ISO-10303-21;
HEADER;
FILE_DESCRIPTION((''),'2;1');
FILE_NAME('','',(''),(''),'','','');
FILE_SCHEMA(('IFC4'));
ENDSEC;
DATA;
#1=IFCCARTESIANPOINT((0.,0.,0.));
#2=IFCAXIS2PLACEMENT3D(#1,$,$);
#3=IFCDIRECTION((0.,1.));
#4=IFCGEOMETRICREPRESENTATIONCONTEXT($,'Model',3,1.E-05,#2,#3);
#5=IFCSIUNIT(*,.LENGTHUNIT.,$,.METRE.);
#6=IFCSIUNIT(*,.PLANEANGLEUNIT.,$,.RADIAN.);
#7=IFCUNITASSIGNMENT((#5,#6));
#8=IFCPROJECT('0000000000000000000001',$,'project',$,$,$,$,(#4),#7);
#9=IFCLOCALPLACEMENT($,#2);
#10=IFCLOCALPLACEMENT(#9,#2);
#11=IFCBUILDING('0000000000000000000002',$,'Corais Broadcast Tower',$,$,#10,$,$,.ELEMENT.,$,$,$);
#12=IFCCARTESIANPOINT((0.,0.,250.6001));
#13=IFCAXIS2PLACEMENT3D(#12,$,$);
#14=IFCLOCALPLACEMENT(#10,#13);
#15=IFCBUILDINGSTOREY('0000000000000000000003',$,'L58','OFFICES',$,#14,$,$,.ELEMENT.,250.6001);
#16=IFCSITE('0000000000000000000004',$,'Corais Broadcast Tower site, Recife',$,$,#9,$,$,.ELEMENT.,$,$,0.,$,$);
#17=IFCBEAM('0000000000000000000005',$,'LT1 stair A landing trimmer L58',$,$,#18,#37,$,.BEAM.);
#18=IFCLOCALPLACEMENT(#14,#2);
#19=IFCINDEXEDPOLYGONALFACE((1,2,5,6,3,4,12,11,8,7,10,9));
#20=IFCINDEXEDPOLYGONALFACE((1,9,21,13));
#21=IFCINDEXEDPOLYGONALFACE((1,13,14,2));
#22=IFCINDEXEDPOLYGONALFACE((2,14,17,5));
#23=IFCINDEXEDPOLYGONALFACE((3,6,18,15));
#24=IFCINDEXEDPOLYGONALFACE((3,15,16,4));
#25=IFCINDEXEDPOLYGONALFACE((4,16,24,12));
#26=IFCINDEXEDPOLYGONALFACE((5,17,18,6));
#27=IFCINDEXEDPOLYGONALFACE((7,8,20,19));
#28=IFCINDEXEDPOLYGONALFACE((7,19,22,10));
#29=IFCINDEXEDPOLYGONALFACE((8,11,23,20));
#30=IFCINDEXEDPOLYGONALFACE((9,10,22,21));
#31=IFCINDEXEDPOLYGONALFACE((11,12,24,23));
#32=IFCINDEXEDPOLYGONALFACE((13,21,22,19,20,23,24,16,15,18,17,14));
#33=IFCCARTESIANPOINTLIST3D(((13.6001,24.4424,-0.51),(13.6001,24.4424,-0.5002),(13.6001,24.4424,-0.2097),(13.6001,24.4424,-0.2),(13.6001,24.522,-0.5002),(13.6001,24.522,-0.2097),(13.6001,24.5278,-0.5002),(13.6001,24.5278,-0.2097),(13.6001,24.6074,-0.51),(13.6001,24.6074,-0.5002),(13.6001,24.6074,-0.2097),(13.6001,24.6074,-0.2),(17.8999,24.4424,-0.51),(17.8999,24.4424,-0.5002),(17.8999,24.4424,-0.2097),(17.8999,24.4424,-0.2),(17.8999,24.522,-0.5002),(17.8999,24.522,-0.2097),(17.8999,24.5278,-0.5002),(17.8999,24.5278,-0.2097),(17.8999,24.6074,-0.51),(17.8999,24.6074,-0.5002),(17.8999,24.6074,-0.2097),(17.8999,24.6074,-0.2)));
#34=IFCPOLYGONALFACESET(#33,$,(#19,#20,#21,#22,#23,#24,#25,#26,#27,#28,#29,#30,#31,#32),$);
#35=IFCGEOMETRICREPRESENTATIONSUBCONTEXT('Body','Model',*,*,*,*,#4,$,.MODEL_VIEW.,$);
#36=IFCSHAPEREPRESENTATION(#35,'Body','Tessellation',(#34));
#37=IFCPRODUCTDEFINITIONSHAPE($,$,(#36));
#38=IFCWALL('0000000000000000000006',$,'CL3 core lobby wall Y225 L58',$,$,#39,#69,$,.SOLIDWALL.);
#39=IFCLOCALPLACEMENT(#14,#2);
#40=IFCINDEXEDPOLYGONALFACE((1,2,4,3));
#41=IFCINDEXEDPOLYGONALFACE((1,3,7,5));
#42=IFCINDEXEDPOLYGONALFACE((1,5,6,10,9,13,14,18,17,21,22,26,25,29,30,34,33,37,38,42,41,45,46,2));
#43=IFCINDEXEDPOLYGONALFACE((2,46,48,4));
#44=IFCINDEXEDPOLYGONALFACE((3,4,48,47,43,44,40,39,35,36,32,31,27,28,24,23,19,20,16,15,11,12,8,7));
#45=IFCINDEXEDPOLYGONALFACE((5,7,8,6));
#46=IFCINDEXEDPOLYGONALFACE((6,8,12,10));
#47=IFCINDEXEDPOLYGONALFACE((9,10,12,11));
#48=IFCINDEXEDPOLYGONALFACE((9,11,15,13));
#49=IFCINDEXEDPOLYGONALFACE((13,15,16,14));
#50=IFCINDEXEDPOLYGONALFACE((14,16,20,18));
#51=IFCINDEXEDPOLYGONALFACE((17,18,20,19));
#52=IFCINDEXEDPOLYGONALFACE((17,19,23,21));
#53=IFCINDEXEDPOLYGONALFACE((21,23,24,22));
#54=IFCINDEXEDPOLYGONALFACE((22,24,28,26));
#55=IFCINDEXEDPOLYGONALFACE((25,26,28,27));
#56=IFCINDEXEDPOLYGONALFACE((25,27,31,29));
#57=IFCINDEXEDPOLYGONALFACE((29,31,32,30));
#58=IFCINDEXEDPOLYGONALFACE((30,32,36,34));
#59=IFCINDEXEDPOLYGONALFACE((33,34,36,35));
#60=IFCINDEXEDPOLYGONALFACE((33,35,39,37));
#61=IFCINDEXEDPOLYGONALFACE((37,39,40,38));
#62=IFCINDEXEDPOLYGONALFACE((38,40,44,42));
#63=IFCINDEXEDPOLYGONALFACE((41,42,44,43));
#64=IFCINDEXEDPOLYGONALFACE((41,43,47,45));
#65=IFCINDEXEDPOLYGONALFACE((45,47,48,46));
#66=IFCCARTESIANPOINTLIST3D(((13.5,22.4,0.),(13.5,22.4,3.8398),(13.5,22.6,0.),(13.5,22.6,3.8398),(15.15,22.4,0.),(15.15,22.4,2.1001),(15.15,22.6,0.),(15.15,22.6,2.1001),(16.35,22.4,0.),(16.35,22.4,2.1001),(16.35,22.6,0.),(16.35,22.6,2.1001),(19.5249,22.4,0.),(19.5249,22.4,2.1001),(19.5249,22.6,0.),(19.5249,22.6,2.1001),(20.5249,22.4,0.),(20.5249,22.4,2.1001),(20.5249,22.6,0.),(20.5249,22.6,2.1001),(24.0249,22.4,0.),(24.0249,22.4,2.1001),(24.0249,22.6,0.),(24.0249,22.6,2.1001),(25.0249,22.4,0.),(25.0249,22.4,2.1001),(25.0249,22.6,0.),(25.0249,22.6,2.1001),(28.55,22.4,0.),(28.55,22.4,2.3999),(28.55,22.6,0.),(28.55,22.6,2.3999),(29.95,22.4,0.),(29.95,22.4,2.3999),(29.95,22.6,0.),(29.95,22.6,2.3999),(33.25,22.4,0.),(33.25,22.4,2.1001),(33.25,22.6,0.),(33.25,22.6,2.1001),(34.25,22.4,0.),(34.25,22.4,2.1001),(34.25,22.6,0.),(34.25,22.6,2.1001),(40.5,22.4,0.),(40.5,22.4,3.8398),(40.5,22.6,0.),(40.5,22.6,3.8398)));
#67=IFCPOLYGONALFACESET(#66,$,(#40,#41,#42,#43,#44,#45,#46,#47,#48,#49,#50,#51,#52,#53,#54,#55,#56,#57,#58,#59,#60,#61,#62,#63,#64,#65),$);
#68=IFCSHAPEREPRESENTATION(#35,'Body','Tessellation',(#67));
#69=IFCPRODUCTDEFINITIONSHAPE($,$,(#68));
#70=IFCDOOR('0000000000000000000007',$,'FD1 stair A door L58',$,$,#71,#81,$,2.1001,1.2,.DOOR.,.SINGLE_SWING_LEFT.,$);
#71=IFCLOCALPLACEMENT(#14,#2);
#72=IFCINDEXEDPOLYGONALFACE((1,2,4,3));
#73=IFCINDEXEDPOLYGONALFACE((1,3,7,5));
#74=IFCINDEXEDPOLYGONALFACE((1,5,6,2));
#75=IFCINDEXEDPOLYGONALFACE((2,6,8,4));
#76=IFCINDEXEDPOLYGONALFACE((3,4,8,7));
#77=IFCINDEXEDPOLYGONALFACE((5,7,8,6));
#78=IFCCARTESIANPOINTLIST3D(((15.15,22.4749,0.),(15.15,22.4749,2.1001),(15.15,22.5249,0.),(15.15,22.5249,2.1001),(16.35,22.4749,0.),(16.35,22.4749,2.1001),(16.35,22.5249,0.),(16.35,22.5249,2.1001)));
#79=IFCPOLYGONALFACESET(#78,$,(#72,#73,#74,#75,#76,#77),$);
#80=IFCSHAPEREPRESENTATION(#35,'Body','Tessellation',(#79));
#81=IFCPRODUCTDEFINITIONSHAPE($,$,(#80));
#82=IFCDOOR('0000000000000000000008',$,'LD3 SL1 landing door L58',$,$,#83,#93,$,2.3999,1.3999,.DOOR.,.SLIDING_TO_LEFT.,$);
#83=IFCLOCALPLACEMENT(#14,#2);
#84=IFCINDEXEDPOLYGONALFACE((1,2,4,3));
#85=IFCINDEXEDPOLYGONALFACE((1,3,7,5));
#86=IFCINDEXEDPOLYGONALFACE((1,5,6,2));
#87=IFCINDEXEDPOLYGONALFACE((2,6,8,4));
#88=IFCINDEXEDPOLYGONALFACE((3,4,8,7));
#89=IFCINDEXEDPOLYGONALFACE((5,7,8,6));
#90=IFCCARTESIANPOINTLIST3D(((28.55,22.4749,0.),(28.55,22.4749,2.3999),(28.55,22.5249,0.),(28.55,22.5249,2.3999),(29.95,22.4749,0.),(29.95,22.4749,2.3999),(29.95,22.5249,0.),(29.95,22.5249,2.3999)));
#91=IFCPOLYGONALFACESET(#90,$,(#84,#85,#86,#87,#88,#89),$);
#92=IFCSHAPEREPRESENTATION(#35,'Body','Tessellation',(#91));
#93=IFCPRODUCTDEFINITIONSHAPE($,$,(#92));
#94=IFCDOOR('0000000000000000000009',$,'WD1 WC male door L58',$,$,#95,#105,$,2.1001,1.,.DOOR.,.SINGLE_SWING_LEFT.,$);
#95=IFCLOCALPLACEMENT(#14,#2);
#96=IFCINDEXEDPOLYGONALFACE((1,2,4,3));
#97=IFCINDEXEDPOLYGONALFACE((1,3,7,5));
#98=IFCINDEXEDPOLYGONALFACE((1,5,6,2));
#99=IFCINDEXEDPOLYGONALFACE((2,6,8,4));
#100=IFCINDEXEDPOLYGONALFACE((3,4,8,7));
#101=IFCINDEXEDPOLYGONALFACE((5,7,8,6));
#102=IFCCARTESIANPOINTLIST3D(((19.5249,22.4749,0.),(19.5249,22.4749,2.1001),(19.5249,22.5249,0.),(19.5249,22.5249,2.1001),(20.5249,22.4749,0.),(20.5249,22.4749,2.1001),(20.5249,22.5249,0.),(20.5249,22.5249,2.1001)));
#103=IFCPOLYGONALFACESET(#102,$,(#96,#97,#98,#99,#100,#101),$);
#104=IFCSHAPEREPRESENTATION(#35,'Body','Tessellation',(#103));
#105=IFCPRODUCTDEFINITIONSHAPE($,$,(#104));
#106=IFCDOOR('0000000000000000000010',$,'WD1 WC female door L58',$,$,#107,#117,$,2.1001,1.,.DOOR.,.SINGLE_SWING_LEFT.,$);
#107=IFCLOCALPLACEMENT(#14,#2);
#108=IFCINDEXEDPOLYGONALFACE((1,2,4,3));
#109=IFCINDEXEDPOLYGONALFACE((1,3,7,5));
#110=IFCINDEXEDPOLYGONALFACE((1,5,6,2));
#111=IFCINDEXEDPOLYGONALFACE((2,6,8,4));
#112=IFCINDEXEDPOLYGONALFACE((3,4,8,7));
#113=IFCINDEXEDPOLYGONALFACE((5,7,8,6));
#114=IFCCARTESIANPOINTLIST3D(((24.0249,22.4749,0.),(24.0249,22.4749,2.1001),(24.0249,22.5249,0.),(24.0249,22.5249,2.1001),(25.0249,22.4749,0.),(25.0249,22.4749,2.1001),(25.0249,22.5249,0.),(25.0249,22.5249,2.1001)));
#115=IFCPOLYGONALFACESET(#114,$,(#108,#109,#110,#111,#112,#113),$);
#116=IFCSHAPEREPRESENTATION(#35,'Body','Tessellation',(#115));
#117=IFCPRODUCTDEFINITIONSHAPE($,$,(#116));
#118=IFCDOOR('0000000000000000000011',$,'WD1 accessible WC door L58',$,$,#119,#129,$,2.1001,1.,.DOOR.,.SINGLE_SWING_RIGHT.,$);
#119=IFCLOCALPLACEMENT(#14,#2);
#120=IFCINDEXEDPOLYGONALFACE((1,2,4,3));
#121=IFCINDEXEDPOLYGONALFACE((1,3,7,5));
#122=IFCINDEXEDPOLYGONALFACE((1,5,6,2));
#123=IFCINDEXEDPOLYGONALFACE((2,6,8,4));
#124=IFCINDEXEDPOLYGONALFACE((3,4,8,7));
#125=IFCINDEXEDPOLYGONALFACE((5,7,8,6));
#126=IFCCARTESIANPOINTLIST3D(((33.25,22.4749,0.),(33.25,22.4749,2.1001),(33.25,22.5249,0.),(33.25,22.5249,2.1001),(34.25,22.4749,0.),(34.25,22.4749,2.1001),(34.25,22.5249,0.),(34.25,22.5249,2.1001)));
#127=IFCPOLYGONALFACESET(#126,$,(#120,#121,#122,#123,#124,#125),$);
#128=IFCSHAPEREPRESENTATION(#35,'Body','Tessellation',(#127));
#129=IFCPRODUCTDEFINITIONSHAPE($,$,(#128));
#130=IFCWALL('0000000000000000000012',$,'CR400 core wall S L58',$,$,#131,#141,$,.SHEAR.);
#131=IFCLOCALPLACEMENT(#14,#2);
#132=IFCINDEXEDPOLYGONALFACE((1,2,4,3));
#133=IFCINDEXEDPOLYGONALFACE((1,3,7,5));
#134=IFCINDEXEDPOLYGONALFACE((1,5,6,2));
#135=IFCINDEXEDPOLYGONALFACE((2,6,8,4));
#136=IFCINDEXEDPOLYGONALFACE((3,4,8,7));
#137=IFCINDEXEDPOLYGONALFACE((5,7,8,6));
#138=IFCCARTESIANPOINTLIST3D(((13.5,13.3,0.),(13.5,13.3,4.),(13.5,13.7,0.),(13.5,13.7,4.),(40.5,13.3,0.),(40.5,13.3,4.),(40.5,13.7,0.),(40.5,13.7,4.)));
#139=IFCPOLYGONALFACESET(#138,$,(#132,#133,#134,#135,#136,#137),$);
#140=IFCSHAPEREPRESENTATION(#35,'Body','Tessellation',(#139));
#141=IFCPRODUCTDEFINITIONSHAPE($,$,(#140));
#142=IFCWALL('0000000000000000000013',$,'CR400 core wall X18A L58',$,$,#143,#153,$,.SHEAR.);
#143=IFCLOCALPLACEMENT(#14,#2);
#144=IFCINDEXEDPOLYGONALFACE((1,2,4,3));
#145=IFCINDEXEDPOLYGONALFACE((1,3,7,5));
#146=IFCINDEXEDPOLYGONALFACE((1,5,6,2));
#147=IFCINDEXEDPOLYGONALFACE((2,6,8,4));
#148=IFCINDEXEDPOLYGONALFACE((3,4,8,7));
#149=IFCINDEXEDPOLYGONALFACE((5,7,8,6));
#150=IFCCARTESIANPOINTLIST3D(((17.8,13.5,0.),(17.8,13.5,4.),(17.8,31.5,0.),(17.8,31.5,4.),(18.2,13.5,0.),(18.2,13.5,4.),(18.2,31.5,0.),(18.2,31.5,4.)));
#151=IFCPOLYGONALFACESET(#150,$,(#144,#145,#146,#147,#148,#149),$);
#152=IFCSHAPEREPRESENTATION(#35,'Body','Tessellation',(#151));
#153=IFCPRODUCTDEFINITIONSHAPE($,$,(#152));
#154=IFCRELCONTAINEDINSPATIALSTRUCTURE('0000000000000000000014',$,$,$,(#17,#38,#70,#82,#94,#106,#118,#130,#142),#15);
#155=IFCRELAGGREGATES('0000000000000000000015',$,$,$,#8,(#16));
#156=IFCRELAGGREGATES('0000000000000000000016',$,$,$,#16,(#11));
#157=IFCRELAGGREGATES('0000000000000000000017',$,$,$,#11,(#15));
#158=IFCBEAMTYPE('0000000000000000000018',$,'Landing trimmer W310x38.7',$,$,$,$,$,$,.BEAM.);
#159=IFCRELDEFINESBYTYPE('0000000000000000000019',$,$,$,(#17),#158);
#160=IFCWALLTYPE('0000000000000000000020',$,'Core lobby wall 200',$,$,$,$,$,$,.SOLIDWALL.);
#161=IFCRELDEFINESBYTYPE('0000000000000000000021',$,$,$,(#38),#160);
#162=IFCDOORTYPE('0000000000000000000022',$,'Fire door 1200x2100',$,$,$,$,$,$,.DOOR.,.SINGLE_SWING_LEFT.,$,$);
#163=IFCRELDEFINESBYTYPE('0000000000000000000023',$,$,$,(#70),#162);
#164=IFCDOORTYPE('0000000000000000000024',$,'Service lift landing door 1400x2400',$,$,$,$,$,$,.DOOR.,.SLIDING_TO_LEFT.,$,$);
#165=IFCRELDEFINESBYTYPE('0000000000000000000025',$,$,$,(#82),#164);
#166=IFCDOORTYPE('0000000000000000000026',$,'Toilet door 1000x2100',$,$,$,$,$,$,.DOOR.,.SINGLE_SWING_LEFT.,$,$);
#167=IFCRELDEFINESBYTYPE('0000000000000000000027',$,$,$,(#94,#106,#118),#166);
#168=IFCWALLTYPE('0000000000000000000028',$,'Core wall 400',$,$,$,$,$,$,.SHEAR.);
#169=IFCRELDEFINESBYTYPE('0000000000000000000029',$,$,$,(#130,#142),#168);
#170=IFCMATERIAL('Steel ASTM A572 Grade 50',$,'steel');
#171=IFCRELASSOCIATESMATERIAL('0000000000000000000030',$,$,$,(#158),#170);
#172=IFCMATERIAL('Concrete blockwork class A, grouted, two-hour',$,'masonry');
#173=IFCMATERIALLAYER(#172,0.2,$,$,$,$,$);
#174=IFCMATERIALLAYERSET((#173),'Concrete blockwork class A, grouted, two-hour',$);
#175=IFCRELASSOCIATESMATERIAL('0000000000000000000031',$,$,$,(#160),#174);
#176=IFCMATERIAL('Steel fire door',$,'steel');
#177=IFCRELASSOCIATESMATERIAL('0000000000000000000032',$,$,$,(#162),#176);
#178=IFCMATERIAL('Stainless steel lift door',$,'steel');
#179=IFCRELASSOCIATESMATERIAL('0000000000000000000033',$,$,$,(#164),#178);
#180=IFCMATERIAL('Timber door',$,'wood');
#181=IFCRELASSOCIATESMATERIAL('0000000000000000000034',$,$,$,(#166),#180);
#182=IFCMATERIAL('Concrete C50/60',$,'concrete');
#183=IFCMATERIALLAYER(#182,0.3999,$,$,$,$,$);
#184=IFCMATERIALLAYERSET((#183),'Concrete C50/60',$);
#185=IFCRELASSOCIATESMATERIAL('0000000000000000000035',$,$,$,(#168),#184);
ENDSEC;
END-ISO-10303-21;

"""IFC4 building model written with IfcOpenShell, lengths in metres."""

from ifc_helpers import new_model, si_unit, direction, frame, frame_2d, origin, origin_2d, place, context, subcontext, project, spatial, rectangle, i_section, extrude, material, layer, layer_set, material_profile, profile_set, type_object, element, fill, save


model = new_model("IFC4")

# Units and contexts
model_context = context("Model", 3, precision=1e-05, world=origin(), true_north=direction((0.0, 1.0)))
body_context = subcontext(model_context, "Body", "Model", "MODEL_VIEW")
ifc_project = project(units=[si_unit("LENGTHUNIT", "METRE"), si_unit("PLANEANGLEUNIT", "RADIAN")], contexts=[model_context])

# Site, building, storey
site_placement = place(None, origin())
site = spatial("IfcSite", under=ifc_project, at=site_placement, Name="Corais Broadcast Tower site, Recife", CompositionType="ELEMENT", RefElevation=0.0)
building_placement = place(site_placement, origin())
building = spatial("IfcBuilding", under=site, at=building_placement, Name="Corais Broadcast Tower", CompositionType="ELEMENT")
storey_placement = place(building_placement, frame((0.0, 0.0, 250.6001)))
storey = spatial("IfcBuildingStorey", under=building, at=storey_placement, Name="L58", Description="OFFICES", CompositionType="ELEMENT", Elevation=250.6001)

# Beam
ifc_material_1 = material(Name="Steel ASTM A572 Grade 50", Category="steel")
ifc_material_profile = material_profile(ifc_material_1, i_section(OverallWidth=0.165, OverallDepth=0.3101, WebThickness=0.0059, FlangeThickness=0.0098, at=origin_2d()), Name="W310x38.7")
ifc_profile_set = profile_set([ifc_material_profile], Name="Steel ASTM A572 Grade 50")
beam_type = type_object("IfcBeamType", Name="Landing trimmer W310x38.7", PredefinedType="BEAM", material=ifc_profile_set)
beam_placement = place(storey_placement, frame((13.6001, 24.5249, -0.355), z_axis=(1.0, 0.0, 0.0), x_axis=(0.0, 1.0, 0.0)))
element("IfcBeam", 1, at=beam_placement, inside=storey, type_object=beam_type, Name="LT1 stair A landing trimmer L58", PredefinedType="BEAM", context=body_context, shape_type="SweptSolid", body=[
    extrude(i_section(OverallWidth=0.165, OverallDepth=0.3101, WebThickness=0.0059, FlangeThickness=0.0098, at=origin_2d()), origin(), (0.0, 0.0, 1.0), 4.2998),
])

# Wall, openings, doors
ifc_material_2 = material(Name="Concrete blockwork class A, grouted, two-hour", Category="masonry")
ifc_layer_1 = layer(ifc_material_2, 0.2)
ifc_layer_set_1 = layer_set([ifc_layer_1], Name="Concrete blockwork class A, grouted, two-hour")
wall_type_1 = type_object("IfcWallType", Name="Core lobby wall 200", PredefinedType="SOLIDWALL", material=ifc_layer_set_1)
wall_1_placement = place(storey_placement, frame((13.5, 22.5, 0.0), z_axis=(0.0, 0.0, 1.0), x_axis=(1.0, 0.0, 0.0)))
wall_1 = element("IfcWall", 2, at=wall_1_placement, inside=storey, type_object=wall_type_1, Name="CL3 core lobby wall Y225 L58", PredefinedType="SOLIDWALL", context=body_context, shape_type="SweptSolid", body=[
    extrude(rectangle(XDim=27.0, YDim=0.2, at=frame_2d((13.5, 0.0))), origin(), (0.0, 0.0, 1.0), 3.8398),
])
opening_1_placement = place(wall_1_placement, frame((1.6499, 0.0, 0.0)))
opening_1 = element("IfcOpeningElement", 3, at=opening_1_placement, cuts=wall_1, PredefinedType="OPENING", context=body_context, shape_type="SweptSolid", body=[
    extrude(rectangle(XDim=1.2, YDim=2.1001, at=frame_2d((0.6001, 1.05))), frame((0.0, 0.1099, 0.0), z_axis=(0.0, -1.0, 0.0), x_axis=(1.0, 0.0, 0.0)), (0.0, 0.0, 1.0), 0.22),
])
opening_2_placement = place(wall_1_placement, frame((6.0249, 0.0, 0.0)))
opening_2 = element("IfcOpeningElement", 4, at=opening_2_placement, cuts=wall_1, PredefinedType="OPENING", context=body_context, shape_type="SweptSolid", body=[
    extrude(rectangle(XDim=1.0, YDim=2.1001, at=frame_2d((0.5, 1.05))), frame((0.0, 0.1099, 0.0), z_axis=(0.0, -1.0, 0.0), x_axis=(1.0, 0.0, 0.0)), (0.0, 0.0, 1.0), 0.22),
])
opening_3_placement = place(wall_1_placement, frame((10.5249, 0.0, 0.0)))
opening_3 = element("IfcOpeningElement", 5, at=opening_3_placement, cuts=wall_1, PredefinedType="OPENING", context=body_context, shape_type="SweptSolid", body=[
    extrude(rectangle(XDim=1.0, YDim=2.1001, at=frame_2d((0.5, 1.05))), frame((0.0, 0.1099, 0.0), z_axis=(0.0, -1.0, 0.0), x_axis=(1.0, 0.0, 0.0)), (0.0, 0.0, 1.0), 0.22),
])
opening_4_placement = place(wall_1_placement, frame((19.75, 0.0, 0.0)))
opening_4 = element("IfcOpeningElement", 6, at=opening_4_placement, cuts=wall_1, PredefinedType="OPENING", context=body_context, shape_type="SweptSolid", body=[
    extrude(rectangle(XDim=1.0, YDim=2.1001, at=frame_2d((0.5, 1.05))), frame((0.0, 0.1099, 0.0), z_axis=(0.0, -1.0, 0.0), x_axis=(1.0, 0.0, 0.0)), (0.0, 0.0, 1.0), 0.22),
])
opening_5_placement = place(wall_1_placement, frame((15.05, 0.0, 0.0)))
opening_5 = element("IfcOpeningElement", 7, at=opening_5_placement, cuts=wall_1, PredefinedType="OPENING", context=body_context, shape_type="SweptSolid", body=[
    extrude(rectangle(XDim=1.3999, YDim=2.3999, at=frame_2d((0.7, 1.2))), frame((0.0, 0.1099, 0.0), z_axis=(0.0, -1.0, 0.0), x_axis=(1.0, 0.0, 0.0)), (0.0, 0.0, 1.0), 0.22),
])
ifc_material_3 = material(Name="Steel fire door", Category="steel")
door_type_1 = type_object("IfcDoorType", Name="Fire door 1200x2100", OperationType="SINGLE_SWING_LEFT", PredefinedType="DOOR", material=ifc_material_3)
door_1_placement = place(opening_1_placement, origin())
door_1 = element("IfcDoor", 8, at=door_1_placement, inside=storey, type_object=door_type_1, Name="FD1 stair A door L58", OperationType="SINGLE_SWING_LEFT", OverallHeight=2.1001, OverallWidth=1.2, PredefinedType="DOOR", context=body_context, shape_type="SweptSolid", body=[
    extrude(rectangle(XDim=1.2, YDim=2.1001, at=frame_2d((0.6001, 1.05))), frame((0.0, 0.0249, 0.0), z_axis=(0.0, -1.0, 0.0), x_axis=(1.0, 0.0, 0.0)), (0.0, 0.0, 1.0), 0.05),
])
fill(opening_1, door_1)
ifc_material_4 = material(Name="Stainless steel lift door", Category="steel")
door_type_2 = type_object("IfcDoorType", Name="Service lift landing door 1400x2400", OperationType="SLIDING_TO_LEFT", PredefinedType="DOOR", material=ifc_material_4)
door_2_placement = place(opening_5_placement, origin())
door_2 = element("IfcDoor", 9, at=door_2_placement, inside=storey, type_object=door_type_2, Name="LD3 SL1 landing door L58", OperationType="SLIDING_TO_LEFT", OverallHeight=2.3999, OverallWidth=1.3999, PredefinedType="DOOR", context=body_context, shape_type="SweptSolid", body=[
    extrude(rectangle(XDim=1.3999, YDim=2.3999, at=frame_2d((0.7, 1.2))), frame((0.0, 0.0249, 0.0), z_axis=(0.0, -1.0, 0.0), x_axis=(1.0, 0.0, 0.0)), (0.0, 0.0, 1.0), 0.05),
])
fill(opening_5, door_2)
ifc_material_5 = material(Name="Timber door", Category="wood")
door_type_3 = type_object("IfcDoorType", Name="Toilet door 1000x2100", OperationType="SINGLE_SWING_LEFT", PredefinedType="DOOR", material=ifc_material_5)
door_3_placement = place(opening_2_placement, origin())
door_3 = element("IfcDoor", 10, at=door_3_placement, inside=storey, type_object=door_type_3, Name="WD1 WC male door L58", OperationType="SINGLE_SWING_LEFT", OverallHeight=2.1001, OverallWidth=1.0, PredefinedType="DOOR", context=body_context, shape_type="SweptSolid", body=[
    extrude(rectangle(XDim=1.0, YDim=2.1001, at=frame_2d((0.5, 1.05))), frame((0.0, 0.0249, 0.0), z_axis=(0.0, -1.0, 0.0), x_axis=(1.0, 0.0, 0.0)), (0.0, 0.0, 1.0), 0.05),
])
fill(opening_2, door_3)
door_4_placement = place(opening_3_placement, origin())
door_4 = element("IfcDoor", 11, at=door_4_placement, inside=storey, type_object=door_type_3, Name="WD1 WC female door L58", OperationType="SINGLE_SWING_LEFT", OverallHeight=2.1001, OverallWidth=1.0, PredefinedType="DOOR", context=body_context, shape_type="SweptSolid", body=[
    extrude(rectangle(XDim=1.0, YDim=2.1001, at=frame_2d((0.5, 1.05))), frame((0.0, 0.0249, 0.0), z_axis=(0.0, -1.0, 0.0), x_axis=(1.0, 0.0, 0.0)), (0.0, 0.0, 1.0), 0.05),
])
fill(opening_3, door_4)
door_5_placement = place(opening_4_placement, origin())
door_5 = element("IfcDoor", 12, at=door_5_placement, inside=storey, type_object=door_type_3, Name="WD1 accessible WC door L58", OperationType="SINGLE_SWING_RIGHT", OverallHeight=2.1001, OverallWidth=1.0, PredefinedType="DOOR", context=body_context, shape_type="SweptSolid", body=[
    extrude(rectangle(XDim=1.0, YDim=2.1001, at=frame_2d((0.5, 1.05))), frame((0.0, 0.0249, 0.0), z_axis=(0.0, -1.0, 0.0), x_axis=(1.0, 0.0, 0.0)), (0.0, 0.0, 1.0), 0.05),
])
fill(opening_4, door_5)

# Walls
ifc_material_6 = material(Name="Concrete C50/60", Category="concrete")
ifc_layer_2 = layer(ifc_material_6, 0.3999)
ifc_layer_set_2 = layer_set([ifc_layer_2], Name="Concrete C50/60")
wall_type_2 = type_object("IfcWallType", Name="Core wall 400", PredefinedType="SHEAR", material=ifc_layer_set_2)
wall_2_placement = place(storey_placement, frame((13.5, 13.5, 0.0), z_axis=(0.0, 0.0, 1.0), x_axis=(1.0, 0.0, 0.0)))
element("IfcWall", 13, at=wall_2_placement, inside=storey, type_object=wall_type_2, Name="CR400 core wall S L58", PredefinedType="SHEAR", context=body_context, shape_type="SweptSolid", body=[
    extrude(rectangle(XDim=27.0, YDim=0.3999, at=frame_2d((13.5, 0.0))), origin(), (0.0, 0.0, 1.0), 4.0),
])
wall_3_placement = place(storey_placement, frame((18.0, 13.5, 0.0), z_axis=(0.0, 0.0, 1.0), x_axis=(0.0, 1.0, 0.0)))
element("IfcWall", 14, at=wall_3_placement, inside=storey, type_object=wall_type_2, Name="CR400 core wall X18A L58", PredefinedType="SHEAR", context=body_context, shape_type="SweptSolid", body=[
    extrude(rectangle(XDim=18.0, YDim=0.3999, at=frame_2d((9.0, 0.0))), origin(), (0.0, 0.0, 1.0), 4.0),
])

save(model, "model.ifc")
